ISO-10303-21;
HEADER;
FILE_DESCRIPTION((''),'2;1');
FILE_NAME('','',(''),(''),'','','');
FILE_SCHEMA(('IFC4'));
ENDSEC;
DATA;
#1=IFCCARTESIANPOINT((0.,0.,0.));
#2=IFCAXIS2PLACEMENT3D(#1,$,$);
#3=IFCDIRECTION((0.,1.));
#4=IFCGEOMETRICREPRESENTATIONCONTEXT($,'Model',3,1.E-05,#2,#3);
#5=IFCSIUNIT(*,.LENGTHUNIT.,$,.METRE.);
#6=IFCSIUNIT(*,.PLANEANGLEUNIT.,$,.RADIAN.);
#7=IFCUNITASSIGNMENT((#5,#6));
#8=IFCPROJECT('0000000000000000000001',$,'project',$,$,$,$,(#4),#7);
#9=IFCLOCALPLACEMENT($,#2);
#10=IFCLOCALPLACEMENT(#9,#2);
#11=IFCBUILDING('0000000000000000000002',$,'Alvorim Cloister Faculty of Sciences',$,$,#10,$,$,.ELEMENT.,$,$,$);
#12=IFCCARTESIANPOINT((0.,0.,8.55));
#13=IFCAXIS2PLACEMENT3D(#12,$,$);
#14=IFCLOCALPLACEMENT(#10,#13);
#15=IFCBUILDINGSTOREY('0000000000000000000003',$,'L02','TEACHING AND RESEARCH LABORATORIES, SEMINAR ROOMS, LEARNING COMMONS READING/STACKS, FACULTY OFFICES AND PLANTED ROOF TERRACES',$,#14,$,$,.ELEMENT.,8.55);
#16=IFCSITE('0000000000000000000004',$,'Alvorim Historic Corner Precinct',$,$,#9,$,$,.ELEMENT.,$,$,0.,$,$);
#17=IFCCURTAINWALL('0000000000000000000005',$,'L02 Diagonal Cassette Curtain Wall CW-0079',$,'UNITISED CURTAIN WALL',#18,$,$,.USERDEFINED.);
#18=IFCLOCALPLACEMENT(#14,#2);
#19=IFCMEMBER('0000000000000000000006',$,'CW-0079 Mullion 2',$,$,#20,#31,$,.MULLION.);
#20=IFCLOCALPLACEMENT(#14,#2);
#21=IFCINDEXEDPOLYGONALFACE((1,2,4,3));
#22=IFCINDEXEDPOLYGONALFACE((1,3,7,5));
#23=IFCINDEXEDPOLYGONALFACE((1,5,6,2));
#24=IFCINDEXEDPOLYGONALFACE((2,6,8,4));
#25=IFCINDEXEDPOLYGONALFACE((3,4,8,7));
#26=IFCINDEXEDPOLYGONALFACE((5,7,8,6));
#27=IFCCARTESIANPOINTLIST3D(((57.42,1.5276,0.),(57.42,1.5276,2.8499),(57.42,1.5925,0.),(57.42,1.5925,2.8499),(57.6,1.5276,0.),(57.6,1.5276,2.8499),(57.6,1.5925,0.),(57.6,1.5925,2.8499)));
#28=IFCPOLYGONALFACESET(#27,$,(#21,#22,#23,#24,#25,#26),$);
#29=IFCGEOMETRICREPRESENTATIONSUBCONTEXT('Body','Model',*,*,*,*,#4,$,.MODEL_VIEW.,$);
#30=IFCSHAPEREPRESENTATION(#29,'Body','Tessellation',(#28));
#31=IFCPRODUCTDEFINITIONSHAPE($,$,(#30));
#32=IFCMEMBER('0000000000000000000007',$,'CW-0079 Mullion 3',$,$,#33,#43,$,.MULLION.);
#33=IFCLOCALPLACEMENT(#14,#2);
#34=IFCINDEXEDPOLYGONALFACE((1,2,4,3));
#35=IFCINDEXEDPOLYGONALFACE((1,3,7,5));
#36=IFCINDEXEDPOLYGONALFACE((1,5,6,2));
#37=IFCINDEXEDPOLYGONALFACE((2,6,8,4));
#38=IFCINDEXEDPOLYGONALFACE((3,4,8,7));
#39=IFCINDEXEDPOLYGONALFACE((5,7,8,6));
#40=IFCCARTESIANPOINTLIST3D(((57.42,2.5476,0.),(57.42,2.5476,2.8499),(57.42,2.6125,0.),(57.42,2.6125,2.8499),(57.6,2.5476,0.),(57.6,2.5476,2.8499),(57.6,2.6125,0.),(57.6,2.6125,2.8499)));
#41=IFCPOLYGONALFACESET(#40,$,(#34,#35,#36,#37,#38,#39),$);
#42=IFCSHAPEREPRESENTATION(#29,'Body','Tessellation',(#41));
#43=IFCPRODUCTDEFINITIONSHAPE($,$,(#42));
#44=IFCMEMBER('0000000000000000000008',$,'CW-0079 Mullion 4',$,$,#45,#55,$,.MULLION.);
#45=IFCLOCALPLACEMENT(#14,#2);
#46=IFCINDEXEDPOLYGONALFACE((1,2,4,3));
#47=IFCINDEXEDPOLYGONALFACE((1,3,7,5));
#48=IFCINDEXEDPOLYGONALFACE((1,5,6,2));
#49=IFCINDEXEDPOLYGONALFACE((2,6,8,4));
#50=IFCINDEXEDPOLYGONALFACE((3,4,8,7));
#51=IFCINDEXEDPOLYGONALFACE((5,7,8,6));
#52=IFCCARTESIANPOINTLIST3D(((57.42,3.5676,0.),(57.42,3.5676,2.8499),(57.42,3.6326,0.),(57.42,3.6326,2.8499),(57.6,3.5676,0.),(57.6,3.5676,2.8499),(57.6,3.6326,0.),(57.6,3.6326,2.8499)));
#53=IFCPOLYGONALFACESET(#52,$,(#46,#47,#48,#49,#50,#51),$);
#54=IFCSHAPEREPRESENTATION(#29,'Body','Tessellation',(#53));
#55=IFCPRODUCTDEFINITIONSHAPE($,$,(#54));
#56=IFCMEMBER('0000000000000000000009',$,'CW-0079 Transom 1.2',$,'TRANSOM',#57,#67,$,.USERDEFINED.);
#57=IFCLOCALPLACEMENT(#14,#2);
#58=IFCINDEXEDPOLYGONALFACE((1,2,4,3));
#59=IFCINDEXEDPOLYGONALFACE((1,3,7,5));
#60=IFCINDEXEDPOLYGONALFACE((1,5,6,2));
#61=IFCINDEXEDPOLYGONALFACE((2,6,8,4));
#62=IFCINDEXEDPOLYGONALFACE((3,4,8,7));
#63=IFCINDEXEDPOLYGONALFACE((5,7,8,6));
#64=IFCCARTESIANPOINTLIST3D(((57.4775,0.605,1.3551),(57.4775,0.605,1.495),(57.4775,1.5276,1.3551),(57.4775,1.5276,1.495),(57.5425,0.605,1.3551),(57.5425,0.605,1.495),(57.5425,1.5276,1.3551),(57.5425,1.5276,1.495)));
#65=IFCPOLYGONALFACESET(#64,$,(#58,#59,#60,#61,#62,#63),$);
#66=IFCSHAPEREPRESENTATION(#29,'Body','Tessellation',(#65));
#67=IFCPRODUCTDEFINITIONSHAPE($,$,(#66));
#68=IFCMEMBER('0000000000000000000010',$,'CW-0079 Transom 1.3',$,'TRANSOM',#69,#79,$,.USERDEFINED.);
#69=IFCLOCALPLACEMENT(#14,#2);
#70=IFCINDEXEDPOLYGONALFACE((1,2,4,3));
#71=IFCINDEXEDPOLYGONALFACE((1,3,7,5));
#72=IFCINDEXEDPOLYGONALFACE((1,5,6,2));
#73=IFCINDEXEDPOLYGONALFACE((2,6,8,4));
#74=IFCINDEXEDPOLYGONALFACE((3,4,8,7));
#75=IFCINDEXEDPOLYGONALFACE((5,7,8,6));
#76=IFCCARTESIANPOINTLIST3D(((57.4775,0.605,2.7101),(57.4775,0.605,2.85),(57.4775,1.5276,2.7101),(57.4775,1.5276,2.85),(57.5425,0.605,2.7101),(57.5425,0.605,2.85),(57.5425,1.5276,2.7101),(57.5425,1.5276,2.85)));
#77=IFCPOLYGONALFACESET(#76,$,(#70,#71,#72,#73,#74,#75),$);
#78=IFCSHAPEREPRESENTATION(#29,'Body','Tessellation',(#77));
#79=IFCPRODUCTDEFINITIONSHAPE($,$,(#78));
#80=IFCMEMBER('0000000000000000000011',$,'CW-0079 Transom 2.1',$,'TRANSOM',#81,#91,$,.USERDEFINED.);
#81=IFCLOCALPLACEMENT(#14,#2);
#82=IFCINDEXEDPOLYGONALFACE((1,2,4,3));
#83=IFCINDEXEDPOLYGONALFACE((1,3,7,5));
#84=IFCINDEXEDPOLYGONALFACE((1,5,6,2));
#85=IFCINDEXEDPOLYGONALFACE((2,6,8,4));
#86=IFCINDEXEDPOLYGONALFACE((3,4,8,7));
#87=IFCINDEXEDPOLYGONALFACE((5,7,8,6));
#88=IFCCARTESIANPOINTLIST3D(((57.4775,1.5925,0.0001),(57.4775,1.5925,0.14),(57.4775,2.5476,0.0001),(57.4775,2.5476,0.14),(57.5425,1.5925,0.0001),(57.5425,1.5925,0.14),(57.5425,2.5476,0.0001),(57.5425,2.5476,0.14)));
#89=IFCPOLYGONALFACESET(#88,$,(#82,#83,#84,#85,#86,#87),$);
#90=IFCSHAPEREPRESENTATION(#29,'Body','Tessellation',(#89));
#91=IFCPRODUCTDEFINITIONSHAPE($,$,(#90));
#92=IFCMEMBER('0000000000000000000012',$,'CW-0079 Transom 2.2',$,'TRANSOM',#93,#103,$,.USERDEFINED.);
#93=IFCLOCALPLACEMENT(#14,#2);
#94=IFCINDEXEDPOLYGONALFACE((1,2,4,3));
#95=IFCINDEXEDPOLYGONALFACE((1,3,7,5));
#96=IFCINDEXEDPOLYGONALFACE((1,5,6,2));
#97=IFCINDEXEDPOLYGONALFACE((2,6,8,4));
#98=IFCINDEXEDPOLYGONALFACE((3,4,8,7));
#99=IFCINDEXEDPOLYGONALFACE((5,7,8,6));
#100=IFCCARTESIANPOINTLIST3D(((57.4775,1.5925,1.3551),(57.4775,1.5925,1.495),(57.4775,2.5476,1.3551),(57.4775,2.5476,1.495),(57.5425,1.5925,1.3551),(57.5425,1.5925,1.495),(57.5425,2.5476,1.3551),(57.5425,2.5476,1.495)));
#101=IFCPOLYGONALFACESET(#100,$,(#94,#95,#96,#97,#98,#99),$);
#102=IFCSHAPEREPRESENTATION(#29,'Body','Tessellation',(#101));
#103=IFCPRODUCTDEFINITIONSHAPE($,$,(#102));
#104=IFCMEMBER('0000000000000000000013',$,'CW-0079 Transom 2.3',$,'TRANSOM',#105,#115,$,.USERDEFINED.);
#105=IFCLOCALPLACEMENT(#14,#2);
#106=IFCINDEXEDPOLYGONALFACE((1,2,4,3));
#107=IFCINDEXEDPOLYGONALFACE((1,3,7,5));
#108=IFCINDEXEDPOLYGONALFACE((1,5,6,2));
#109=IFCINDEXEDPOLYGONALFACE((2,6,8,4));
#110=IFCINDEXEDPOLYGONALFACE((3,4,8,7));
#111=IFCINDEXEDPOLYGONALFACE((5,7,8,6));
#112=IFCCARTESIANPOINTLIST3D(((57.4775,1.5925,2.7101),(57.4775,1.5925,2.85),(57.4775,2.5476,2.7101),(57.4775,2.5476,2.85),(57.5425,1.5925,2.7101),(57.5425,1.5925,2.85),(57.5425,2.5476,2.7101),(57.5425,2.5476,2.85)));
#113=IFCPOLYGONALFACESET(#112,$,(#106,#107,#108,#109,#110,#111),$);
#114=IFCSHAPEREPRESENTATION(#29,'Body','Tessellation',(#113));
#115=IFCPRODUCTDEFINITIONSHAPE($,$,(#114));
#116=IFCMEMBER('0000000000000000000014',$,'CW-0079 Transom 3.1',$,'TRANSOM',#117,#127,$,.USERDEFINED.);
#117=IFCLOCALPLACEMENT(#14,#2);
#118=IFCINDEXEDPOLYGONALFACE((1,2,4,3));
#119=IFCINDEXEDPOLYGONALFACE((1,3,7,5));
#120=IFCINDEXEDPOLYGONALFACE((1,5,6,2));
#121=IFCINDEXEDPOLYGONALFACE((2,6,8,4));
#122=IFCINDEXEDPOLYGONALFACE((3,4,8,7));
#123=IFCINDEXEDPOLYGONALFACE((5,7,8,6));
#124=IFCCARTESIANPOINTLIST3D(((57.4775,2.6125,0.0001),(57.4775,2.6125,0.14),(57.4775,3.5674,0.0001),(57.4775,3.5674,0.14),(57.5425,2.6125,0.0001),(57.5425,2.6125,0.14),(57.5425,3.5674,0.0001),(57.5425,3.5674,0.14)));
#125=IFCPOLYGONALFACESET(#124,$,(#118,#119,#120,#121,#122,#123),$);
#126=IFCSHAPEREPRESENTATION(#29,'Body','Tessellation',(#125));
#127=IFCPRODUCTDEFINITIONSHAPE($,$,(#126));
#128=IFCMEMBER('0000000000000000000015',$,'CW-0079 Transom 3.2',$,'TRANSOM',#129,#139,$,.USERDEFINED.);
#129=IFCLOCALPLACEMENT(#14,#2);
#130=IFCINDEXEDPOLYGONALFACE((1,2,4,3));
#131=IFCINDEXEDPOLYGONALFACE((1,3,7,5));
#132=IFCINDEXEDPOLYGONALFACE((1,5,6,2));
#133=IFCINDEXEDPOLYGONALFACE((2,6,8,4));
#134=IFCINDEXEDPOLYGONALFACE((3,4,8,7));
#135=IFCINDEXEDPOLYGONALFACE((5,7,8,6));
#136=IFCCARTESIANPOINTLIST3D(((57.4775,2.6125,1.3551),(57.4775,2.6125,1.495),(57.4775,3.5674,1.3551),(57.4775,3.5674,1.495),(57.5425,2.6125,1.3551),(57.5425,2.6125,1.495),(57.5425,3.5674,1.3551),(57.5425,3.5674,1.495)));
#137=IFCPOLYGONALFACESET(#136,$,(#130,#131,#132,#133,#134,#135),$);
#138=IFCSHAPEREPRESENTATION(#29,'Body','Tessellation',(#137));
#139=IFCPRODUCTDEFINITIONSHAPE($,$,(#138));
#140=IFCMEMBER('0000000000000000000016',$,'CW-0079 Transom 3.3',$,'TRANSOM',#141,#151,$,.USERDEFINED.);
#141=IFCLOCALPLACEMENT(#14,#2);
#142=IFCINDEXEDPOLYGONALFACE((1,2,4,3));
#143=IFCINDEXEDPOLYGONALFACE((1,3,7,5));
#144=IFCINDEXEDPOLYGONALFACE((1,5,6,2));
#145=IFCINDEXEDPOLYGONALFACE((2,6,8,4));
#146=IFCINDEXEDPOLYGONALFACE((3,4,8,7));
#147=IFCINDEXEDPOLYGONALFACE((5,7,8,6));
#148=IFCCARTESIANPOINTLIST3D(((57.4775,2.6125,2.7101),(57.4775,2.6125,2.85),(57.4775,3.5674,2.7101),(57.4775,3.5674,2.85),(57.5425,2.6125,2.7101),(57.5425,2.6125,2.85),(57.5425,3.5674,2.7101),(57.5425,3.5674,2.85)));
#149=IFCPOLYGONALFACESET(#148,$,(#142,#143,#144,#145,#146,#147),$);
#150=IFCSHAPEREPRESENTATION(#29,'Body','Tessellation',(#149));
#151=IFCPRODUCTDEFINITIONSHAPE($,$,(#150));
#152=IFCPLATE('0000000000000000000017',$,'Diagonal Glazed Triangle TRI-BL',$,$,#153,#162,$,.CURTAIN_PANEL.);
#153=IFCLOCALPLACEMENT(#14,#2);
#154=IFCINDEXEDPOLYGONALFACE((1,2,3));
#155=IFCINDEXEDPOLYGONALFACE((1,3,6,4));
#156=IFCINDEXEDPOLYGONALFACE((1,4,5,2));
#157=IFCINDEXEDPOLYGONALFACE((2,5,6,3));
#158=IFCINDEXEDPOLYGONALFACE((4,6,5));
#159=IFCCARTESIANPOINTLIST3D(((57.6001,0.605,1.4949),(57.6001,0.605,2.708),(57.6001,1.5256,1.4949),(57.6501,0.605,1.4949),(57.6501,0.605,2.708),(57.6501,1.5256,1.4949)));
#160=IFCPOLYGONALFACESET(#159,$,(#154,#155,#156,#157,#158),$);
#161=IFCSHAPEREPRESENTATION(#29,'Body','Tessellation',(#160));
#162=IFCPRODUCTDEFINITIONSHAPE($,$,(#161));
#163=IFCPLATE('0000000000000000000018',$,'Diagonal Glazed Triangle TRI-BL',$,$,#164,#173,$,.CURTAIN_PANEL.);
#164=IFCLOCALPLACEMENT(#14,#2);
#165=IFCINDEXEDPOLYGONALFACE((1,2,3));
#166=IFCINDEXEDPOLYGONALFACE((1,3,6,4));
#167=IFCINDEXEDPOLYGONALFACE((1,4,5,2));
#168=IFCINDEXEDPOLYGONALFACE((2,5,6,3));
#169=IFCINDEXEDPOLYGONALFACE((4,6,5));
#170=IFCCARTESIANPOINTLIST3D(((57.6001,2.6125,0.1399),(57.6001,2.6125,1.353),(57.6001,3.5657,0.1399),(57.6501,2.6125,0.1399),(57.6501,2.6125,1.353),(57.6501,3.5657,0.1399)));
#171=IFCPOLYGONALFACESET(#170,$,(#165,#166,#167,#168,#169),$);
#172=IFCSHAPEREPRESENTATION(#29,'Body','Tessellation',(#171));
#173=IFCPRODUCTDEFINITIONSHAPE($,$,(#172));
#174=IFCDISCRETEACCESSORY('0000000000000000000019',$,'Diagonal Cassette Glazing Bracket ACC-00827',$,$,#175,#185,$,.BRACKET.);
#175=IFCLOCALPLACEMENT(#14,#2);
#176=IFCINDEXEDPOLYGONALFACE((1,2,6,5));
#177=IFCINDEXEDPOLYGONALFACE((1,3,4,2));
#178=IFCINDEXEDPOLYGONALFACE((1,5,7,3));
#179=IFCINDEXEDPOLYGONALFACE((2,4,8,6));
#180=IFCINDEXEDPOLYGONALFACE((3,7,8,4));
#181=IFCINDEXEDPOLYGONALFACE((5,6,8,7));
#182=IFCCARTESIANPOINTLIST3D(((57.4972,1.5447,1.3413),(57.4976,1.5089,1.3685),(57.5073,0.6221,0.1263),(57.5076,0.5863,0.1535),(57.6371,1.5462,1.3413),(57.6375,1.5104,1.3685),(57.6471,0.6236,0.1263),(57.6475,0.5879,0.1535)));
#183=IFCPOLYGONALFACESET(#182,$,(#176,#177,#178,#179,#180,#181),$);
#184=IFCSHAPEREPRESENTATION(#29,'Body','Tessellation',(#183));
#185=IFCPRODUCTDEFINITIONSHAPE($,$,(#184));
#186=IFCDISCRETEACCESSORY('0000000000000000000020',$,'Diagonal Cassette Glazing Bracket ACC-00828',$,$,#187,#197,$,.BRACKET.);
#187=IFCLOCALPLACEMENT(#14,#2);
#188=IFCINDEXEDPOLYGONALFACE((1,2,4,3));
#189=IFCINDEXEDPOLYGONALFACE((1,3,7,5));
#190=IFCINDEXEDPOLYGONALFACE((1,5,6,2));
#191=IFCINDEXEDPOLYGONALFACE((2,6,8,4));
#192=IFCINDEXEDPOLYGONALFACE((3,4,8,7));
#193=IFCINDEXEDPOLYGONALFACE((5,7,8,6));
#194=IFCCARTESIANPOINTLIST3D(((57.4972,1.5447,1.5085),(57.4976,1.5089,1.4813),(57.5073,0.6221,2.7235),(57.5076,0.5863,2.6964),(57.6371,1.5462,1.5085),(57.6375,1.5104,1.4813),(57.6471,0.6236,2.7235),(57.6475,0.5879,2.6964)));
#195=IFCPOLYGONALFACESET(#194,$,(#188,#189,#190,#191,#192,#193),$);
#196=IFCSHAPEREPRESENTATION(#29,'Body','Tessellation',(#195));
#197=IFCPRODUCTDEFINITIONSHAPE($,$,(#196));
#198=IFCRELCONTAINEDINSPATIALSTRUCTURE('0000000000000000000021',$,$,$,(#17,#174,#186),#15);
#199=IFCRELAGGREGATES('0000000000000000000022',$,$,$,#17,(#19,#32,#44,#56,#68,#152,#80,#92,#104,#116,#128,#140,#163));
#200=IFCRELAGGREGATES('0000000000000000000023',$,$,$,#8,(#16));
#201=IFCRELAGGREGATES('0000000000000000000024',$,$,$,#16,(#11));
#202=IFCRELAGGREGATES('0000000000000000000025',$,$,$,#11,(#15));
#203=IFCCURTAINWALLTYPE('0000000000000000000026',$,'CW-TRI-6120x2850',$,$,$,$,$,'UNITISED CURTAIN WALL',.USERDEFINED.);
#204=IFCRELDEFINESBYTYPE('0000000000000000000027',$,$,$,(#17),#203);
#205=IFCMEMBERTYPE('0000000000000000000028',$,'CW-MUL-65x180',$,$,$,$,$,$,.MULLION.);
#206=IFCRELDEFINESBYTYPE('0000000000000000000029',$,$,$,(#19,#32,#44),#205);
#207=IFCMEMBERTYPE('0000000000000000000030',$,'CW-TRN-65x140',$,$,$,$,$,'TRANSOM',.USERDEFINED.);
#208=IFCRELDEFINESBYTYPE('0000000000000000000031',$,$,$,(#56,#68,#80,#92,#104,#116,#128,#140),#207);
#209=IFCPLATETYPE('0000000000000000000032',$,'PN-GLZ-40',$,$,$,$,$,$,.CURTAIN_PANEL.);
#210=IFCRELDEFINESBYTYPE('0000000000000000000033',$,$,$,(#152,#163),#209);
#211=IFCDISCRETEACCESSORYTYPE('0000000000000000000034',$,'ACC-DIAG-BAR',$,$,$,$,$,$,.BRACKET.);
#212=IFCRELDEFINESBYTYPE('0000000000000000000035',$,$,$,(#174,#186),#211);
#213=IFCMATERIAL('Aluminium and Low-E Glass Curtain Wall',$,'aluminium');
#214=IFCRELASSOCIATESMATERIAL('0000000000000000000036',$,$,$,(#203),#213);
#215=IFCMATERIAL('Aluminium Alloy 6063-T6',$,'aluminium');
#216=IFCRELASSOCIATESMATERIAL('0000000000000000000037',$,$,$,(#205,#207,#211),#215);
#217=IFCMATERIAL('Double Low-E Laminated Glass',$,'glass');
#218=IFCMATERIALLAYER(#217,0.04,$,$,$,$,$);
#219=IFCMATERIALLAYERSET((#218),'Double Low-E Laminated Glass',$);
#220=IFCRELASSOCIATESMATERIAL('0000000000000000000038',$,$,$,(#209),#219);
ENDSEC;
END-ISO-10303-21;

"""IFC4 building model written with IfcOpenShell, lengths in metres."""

from ifc_helpers import new_model, si_unit, direction, frame, origin, origin_2d, place, context, subcontext, project, spatial, polyline, rectangle, outline, extrude, material, layer, layer_set, material_profile, profile_set, type_object, element, aggregate, save


model = new_model("IFC4")

# Units and contexts
model_context = context("Model", 3, precision=1e-05, world=origin(), true_north=direction((0.0, 1.0)))
body_context = subcontext(model_context, "Body", "Model", "MODEL_VIEW")
ifc_project = project(units=[si_unit("LENGTHUNIT", "METRE"), si_unit("PLANEANGLEUNIT", "RADIAN")], contexts=[model_context])

# Site, building, storey
site_placement = place(None, origin())
site = spatial("IfcSite", under=ifc_project, at=site_placement, Name="Alvorim Historic Corner Precinct", CompositionType="ELEMENT", RefElevation=0.0)
building_placement = place(site_placement, origin())
building = spatial("IfcBuilding", under=site, at=building_placement, Name="Alvorim Cloister Faculty of Sciences", CompositionType="ELEMENT")
storey_placement = place(building_placement, frame((0.0, 0.0, 8.55)))
storey = spatial("IfcBuildingStorey", under=building, at=storey_placement, Name="L02", Description="TEACHING AND RESEARCH LABORATORIES, SEMINAR ROOMS, LEARNING COMMONS READING/STACKS, FACULTY OFFICES AND PLANTED ROOF TERRACES", CompositionType="ELEMENT", Elevation=8.55)

# Curtain wall, members, plates
ifc_material_1 = material(Name="Aluminium and Low-E Glass Curtain Wall", Category="aluminium")
curtain_wall_type = type_object("IfcCurtainWallType", Name="CW-TRI-6120x2850", ElementType="UNITISED CURTAIN WALL", PredefinedType="USERDEFINED", material=ifc_material_1)
curtain_wall_placement = place(storey_placement, origin())
curtain_wall = element("IfcCurtainWall", 1, at=curtain_wall_placement, inside=storey, type_object=curtain_wall_type, Name="L02 Diagonal Cassette Curtain Wall CW-0079", ObjectType="UNITISED CURTAIN WALL", PredefinedType="USERDEFINED")
ifc_material_2 = material(Name="Aluminium Alloy 6063-T6", Category="aluminium")
ifc_material_profile_1 = material_profile(ifc_material_2, rectangle(XDim=0.0649, YDim=0.1799, at=origin_2d()), Name="ALU-MUL-65x180")
ifc_profile_set_1 = profile_set([ifc_material_profile_1], Name="Aluminium Alloy 6063-T6")
member_type_1 = type_object("IfcMemberType", Name="CW-MUL-65x180", PredefinedType="MULLION", material=ifc_profile_set_1)
member_1_placement = place(storey_placement, frame((57.51, 1.5601, 0.0), z_axis=(0.0, 0.0, 1.0), x_axis=(0.0, 1.0, 0.0)))
member_1 = element("IfcMember", 2, at=member_1_placement, type_object=member_type_1, Name="CW-0079 Mullion 2", PredefinedType="MULLION", context=body_context, shape_type="SweptSolid", body=[
    extrude(rectangle(XDim=0.0649, YDim=0.1799, at=origin_2d()), origin(), (0.0, 0.0, 1.0), 2.8499),
])
member_2_placement = place(storey_placement, frame((57.51, 2.5801, 0.0), z_axis=(0.0, 0.0, 1.0), x_axis=(0.0, 1.0, 0.0)))
member_2 = element("IfcMember", 3, at=member_2_placement, type_object=member_type_1, Name="CW-0079 Mullion 3", PredefinedType="MULLION", context=body_context, shape_type="SweptSolid", body=[
    extrude(rectangle(XDim=0.0649, YDim=0.1799, at=origin_2d()), origin(), (0.0, 0.0, 1.0), 2.8499),
])
member_3_placement = place(storey_placement, frame((57.51, 3.6001, 0.0), z_axis=(0.0, 0.0, 1.0), x_axis=(0.0, 1.0, 0.0)))
member_3 = element("IfcMember", 4, at=member_3_placement, type_object=member_type_1, Name="CW-0079 Mullion 4", PredefinedType="MULLION", context=body_context, shape_type="SweptSolid", body=[
    extrude(rectangle(XDim=0.0649, YDim=0.1799, at=origin_2d()), origin(), (0.0, 0.0, 1.0), 2.8499),
])
ifc_material_profile_2 = material_profile(ifc_material_2, rectangle(XDim=0.0649, YDim=0.1399, at=origin_2d()), Name="ALU-TRN-65x140")
ifc_profile_set_2 = profile_set([ifc_material_profile_2], Name="Aluminium Alloy 6063-T6")
member_type_2 = type_object("IfcMemberType", Name="CW-TRN-65x140", ElementType="TRANSOM", PredefinedType="USERDEFINED", material=ifc_profile_set_2)
member_4_placement = place(storey_placement, frame((57.51, 0.605, 1.425), z_axis=(0.0, 1.0, 0.0), x_axis=(-1.0, 0.0, 0.0)))
member_4 = element("IfcMember", 5, at=member_4_placement, type_object=member_type_2, Name="CW-0079 Transom 1.2", ObjectType="TRANSOM", PredefinedType="USERDEFINED", context=body_context, shape_type="SweptSolid", body=[
    extrude(rectangle(XDim=0.0649, YDim=0.1399, at=origin_2d()), origin(), (0.0, 0.0, 1.0), 0.9226),
])
member_5_placement = place(storey_placement, frame((57.51, 0.605, 2.78), z_axis=(0.0, 1.0, 0.0), x_axis=(-1.0, 0.0, 0.0)))
member_5 = element("IfcMember", 6, at=member_5_placement, type_object=member_type_2, Name="CW-0079 Transom 1.3", ObjectType="TRANSOM", PredefinedType="USERDEFINED", context=body_context, shape_type="SweptSolid", body=[
    extrude(rectangle(XDim=0.0649, YDim=0.1399, at=origin_2d()), origin(), (0.0, 0.0, 1.0), 0.9226),
])
member_6_placement = place(storey_placement, frame((57.51, 1.5925, 0.0701), z_axis=(0.0, 1.0, 0.0), x_axis=(-1.0, 0.0, 0.0)))
member_6 = element("IfcMember", 7, at=member_6_placement, type_object=member_type_2, Name="CW-0079 Transom 2.1", ObjectType="TRANSOM", PredefinedType="USERDEFINED", context=body_context, shape_type="SweptSolid", body=[
    extrude(rectangle(XDim=0.0649, YDim=0.1399, at=origin_2d()), origin(), (0.0, 0.0, 1.0), 0.9551),
])
member_7_placement = place(storey_placement, frame((57.51, 1.5925, 1.425), z_axis=(0.0, 1.0, 0.0), x_axis=(-1.0, 0.0, 0.0)))
member_7 = element("IfcMember", 8, at=member_7_placement, type_object=member_type_2, Name="CW-0079 Transom 2.2", ObjectType="TRANSOM", PredefinedType="USERDEFINED", context=body_context, shape_type="SweptSolid", body=[
    extrude(rectangle(XDim=0.0649, YDim=0.1399, at=origin_2d()), origin(), (0.0, 0.0, 1.0), 0.9551),
])
member_8_placement = place(storey_placement, frame((57.51, 1.5925, 2.78), z_axis=(0.0, 1.0, 0.0), x_axis=(-1.0, 0.0, 0.0)))
member_8 = element("IfcMember", 9, at=member_8_placement, type_object=member_type_2, Name="CW-0079 Transom 2.3", ObjectType="TRANSOM", PredefinedType="USERDEFINED", context=body_context, shape_type="SweptSolid", body=[
    extrude(rectangle(XDim=0.0649, YDim=0.1399, at=origin_2d()), origin(), (0.0, 0.0, 1.0), 0.9551),
])
member_9_placement = place(storey_placement, frame((57.51, 2.6125, 0.0701), z_axis=(0.0, 1.0, 0.0), x_axis=(-1.0, 0.0, 0.0)))
member_9 = element("IfcMember", 10, at=member_9_placement, type_object=member_type_2, Name="CW-0079 Transom 3.1", ObjectType="TRANSOM", PredefinedType="USERDEFINED", context=body_context, shape_type="SweptSolid", body=[
    extrude(rectangle(XDim=0.0649, YDim=0.1399, at=origin_2d()), origin(), (0.0, 0.0, 1.0), 0.9548),
])
member_10_placement = place(storey_placement, frame((57.51, 2.6125, 1.425), z_axis=(0.0, 1.0, 0.0), x_axis=(-1.0, 0.0, 0.0)))
member_10 = element("IfcMember", 11, at=member_10_placement, type_object=member_type_2, Name="CW-0079 Transom 3.2", ObjectType="TRANSOM", PredefinedType="USERDEFINED", context=body_context, shape_type="SweptSolid", body=[
    extrude(rectangle(XDim=0.0649, YDim=0.1399, at=origin_2d()), origin(), (0.0, 0.0, 1.0), 0.9548),
])
member_11_placement = place(storey_placement, frame((57.51, 2.6125, 2.78), z_axis=(0.0, 1.0, 0.0), x_axis=(-1.0, 0.0, 0.0)))
member_11 = element("IfcMember", 12, at=member_11_placement, type_object=member_type_2, Name="CW-0079 Transom 3.3", ObjectType="TRANSOM", PredefinedType="USERDEFINED", context=body_context, shape_type="SweptSolid", body=[
    extrude(rectangle(XDim=0.0649, YDim=0.1399, at=origin_2d()), origin(), (0.0, 0.0, 1.0), 0.9548),
])
ifc_material_3 = material(Name="Double Low-E Laminated Glass", Category="glass")
ifc_layer = layer(ifc_material_3, 0.04)
ifc_layer_set = layer_set([ifc_layer], Name="Double Low-E Laminated Glass")
plate_type = type_object("IfcPlateType", Name="PN-GLZ-40", PredefinedType="CURTAIN_PANEL", material=ifc_layer_set)
plate_1_placement = place(storey_placement, frame((57.625, 0.605, 1.4949), z_axis=(0.0, 0.0, 1.0), x_axis=(0.0, 1.0, 0.0)))
plate_1 = element("IfcPlate", 13, at=plate_1_placement, type_object=plate_type, Name="Diagonal Glazed Triangle TRI-BL", PredefinedType="CURTAIN_PANEL", context=body_context, shape_type="SweptSolid", body=[
    extrude(outline(polyline([(0.0, 0.0), (0.9207, 0.0), (0.0, 1.2131), (0.0, 0.0)])), frame((0.0, 0.0249, 0.0), z_axis=(0.0, -1.0, 0.0), x_axis=(1.0, 0.0, 0.0)), (0.0, 0.0, 1.0), 0.05),
])
plate_2_placement = place(storey_placement, frame((57.625, 2.6125, 0.1399), z_axis=(0.0, 0.0, 1.0), x_axis=(0.0, 1.0, 0.0)))
plate_2 = element("IfcPlate", 14, at=plate_2_placement, type_object=plate_type, Name="Diagonal Glazed Triangle TRI-BL", PredefinedType="CURTAIN_PANEL", context=body_context, shape_type="SweptSolid", body=[
    extrude(outline(polyline([(0.0, 0.0), (0.9531, 0.0), (0.0, 1.2131), (0.0, 0.0)])), frame((0.0, 0.0249, 0.0), z_axis=(0.0, -1.0, 0.0), x_axis=(1.0, 0.0, 0.0)), (0.0, 0.0, 1.0), 0.05),
])
aggregate(curtain_wall, [member_1, member_2, member_3, member_4, member_5, plate_1, member_6, member_7, member_8, member_9, member_10, member_11, plate_2])

# Discrete accessories
discrete_accessory_type = type_object("IfcDiscreteAccessoryType", Name="ACC-DIAG-BAR", PredefinedType="BRACKET", material=ifc_material_2)
for number, where, z_axis, x_axis, name in (
    (15, (57.5774, 0.605, 0.1399), (-0.006561, 0.604713, 0.796416), (-0.999941, -0.010849, 0.0), "Diagonal Cassette Glazing Bracket ACC-00827"),
    (16, (57.5774, 0.605, 2.71), (-0.006561, 0.604713, -0.796416), (-0.999941, -0.010849, 0.0), "Diagonal Cassette Glazing Bracket ACC-00828"),
):
    element("IfcDiscreteAccessory", number, at=place(storey_placement, frame(where, z_axis=z_axis, x_axis=x_axis)), inside=storey, type_object=discrete_accessory_type, Name=name, PredefinedType="BRACKET", context=body_context, shape_type="SweptSolid", body=[
        extrude(rectangle(XDim=0.1399, YDim=0.0449, at=origin_2d()), origin(), (0.0, 0.0, 1.0), 1.5256),
    ])

save(model, "model.ifc")
